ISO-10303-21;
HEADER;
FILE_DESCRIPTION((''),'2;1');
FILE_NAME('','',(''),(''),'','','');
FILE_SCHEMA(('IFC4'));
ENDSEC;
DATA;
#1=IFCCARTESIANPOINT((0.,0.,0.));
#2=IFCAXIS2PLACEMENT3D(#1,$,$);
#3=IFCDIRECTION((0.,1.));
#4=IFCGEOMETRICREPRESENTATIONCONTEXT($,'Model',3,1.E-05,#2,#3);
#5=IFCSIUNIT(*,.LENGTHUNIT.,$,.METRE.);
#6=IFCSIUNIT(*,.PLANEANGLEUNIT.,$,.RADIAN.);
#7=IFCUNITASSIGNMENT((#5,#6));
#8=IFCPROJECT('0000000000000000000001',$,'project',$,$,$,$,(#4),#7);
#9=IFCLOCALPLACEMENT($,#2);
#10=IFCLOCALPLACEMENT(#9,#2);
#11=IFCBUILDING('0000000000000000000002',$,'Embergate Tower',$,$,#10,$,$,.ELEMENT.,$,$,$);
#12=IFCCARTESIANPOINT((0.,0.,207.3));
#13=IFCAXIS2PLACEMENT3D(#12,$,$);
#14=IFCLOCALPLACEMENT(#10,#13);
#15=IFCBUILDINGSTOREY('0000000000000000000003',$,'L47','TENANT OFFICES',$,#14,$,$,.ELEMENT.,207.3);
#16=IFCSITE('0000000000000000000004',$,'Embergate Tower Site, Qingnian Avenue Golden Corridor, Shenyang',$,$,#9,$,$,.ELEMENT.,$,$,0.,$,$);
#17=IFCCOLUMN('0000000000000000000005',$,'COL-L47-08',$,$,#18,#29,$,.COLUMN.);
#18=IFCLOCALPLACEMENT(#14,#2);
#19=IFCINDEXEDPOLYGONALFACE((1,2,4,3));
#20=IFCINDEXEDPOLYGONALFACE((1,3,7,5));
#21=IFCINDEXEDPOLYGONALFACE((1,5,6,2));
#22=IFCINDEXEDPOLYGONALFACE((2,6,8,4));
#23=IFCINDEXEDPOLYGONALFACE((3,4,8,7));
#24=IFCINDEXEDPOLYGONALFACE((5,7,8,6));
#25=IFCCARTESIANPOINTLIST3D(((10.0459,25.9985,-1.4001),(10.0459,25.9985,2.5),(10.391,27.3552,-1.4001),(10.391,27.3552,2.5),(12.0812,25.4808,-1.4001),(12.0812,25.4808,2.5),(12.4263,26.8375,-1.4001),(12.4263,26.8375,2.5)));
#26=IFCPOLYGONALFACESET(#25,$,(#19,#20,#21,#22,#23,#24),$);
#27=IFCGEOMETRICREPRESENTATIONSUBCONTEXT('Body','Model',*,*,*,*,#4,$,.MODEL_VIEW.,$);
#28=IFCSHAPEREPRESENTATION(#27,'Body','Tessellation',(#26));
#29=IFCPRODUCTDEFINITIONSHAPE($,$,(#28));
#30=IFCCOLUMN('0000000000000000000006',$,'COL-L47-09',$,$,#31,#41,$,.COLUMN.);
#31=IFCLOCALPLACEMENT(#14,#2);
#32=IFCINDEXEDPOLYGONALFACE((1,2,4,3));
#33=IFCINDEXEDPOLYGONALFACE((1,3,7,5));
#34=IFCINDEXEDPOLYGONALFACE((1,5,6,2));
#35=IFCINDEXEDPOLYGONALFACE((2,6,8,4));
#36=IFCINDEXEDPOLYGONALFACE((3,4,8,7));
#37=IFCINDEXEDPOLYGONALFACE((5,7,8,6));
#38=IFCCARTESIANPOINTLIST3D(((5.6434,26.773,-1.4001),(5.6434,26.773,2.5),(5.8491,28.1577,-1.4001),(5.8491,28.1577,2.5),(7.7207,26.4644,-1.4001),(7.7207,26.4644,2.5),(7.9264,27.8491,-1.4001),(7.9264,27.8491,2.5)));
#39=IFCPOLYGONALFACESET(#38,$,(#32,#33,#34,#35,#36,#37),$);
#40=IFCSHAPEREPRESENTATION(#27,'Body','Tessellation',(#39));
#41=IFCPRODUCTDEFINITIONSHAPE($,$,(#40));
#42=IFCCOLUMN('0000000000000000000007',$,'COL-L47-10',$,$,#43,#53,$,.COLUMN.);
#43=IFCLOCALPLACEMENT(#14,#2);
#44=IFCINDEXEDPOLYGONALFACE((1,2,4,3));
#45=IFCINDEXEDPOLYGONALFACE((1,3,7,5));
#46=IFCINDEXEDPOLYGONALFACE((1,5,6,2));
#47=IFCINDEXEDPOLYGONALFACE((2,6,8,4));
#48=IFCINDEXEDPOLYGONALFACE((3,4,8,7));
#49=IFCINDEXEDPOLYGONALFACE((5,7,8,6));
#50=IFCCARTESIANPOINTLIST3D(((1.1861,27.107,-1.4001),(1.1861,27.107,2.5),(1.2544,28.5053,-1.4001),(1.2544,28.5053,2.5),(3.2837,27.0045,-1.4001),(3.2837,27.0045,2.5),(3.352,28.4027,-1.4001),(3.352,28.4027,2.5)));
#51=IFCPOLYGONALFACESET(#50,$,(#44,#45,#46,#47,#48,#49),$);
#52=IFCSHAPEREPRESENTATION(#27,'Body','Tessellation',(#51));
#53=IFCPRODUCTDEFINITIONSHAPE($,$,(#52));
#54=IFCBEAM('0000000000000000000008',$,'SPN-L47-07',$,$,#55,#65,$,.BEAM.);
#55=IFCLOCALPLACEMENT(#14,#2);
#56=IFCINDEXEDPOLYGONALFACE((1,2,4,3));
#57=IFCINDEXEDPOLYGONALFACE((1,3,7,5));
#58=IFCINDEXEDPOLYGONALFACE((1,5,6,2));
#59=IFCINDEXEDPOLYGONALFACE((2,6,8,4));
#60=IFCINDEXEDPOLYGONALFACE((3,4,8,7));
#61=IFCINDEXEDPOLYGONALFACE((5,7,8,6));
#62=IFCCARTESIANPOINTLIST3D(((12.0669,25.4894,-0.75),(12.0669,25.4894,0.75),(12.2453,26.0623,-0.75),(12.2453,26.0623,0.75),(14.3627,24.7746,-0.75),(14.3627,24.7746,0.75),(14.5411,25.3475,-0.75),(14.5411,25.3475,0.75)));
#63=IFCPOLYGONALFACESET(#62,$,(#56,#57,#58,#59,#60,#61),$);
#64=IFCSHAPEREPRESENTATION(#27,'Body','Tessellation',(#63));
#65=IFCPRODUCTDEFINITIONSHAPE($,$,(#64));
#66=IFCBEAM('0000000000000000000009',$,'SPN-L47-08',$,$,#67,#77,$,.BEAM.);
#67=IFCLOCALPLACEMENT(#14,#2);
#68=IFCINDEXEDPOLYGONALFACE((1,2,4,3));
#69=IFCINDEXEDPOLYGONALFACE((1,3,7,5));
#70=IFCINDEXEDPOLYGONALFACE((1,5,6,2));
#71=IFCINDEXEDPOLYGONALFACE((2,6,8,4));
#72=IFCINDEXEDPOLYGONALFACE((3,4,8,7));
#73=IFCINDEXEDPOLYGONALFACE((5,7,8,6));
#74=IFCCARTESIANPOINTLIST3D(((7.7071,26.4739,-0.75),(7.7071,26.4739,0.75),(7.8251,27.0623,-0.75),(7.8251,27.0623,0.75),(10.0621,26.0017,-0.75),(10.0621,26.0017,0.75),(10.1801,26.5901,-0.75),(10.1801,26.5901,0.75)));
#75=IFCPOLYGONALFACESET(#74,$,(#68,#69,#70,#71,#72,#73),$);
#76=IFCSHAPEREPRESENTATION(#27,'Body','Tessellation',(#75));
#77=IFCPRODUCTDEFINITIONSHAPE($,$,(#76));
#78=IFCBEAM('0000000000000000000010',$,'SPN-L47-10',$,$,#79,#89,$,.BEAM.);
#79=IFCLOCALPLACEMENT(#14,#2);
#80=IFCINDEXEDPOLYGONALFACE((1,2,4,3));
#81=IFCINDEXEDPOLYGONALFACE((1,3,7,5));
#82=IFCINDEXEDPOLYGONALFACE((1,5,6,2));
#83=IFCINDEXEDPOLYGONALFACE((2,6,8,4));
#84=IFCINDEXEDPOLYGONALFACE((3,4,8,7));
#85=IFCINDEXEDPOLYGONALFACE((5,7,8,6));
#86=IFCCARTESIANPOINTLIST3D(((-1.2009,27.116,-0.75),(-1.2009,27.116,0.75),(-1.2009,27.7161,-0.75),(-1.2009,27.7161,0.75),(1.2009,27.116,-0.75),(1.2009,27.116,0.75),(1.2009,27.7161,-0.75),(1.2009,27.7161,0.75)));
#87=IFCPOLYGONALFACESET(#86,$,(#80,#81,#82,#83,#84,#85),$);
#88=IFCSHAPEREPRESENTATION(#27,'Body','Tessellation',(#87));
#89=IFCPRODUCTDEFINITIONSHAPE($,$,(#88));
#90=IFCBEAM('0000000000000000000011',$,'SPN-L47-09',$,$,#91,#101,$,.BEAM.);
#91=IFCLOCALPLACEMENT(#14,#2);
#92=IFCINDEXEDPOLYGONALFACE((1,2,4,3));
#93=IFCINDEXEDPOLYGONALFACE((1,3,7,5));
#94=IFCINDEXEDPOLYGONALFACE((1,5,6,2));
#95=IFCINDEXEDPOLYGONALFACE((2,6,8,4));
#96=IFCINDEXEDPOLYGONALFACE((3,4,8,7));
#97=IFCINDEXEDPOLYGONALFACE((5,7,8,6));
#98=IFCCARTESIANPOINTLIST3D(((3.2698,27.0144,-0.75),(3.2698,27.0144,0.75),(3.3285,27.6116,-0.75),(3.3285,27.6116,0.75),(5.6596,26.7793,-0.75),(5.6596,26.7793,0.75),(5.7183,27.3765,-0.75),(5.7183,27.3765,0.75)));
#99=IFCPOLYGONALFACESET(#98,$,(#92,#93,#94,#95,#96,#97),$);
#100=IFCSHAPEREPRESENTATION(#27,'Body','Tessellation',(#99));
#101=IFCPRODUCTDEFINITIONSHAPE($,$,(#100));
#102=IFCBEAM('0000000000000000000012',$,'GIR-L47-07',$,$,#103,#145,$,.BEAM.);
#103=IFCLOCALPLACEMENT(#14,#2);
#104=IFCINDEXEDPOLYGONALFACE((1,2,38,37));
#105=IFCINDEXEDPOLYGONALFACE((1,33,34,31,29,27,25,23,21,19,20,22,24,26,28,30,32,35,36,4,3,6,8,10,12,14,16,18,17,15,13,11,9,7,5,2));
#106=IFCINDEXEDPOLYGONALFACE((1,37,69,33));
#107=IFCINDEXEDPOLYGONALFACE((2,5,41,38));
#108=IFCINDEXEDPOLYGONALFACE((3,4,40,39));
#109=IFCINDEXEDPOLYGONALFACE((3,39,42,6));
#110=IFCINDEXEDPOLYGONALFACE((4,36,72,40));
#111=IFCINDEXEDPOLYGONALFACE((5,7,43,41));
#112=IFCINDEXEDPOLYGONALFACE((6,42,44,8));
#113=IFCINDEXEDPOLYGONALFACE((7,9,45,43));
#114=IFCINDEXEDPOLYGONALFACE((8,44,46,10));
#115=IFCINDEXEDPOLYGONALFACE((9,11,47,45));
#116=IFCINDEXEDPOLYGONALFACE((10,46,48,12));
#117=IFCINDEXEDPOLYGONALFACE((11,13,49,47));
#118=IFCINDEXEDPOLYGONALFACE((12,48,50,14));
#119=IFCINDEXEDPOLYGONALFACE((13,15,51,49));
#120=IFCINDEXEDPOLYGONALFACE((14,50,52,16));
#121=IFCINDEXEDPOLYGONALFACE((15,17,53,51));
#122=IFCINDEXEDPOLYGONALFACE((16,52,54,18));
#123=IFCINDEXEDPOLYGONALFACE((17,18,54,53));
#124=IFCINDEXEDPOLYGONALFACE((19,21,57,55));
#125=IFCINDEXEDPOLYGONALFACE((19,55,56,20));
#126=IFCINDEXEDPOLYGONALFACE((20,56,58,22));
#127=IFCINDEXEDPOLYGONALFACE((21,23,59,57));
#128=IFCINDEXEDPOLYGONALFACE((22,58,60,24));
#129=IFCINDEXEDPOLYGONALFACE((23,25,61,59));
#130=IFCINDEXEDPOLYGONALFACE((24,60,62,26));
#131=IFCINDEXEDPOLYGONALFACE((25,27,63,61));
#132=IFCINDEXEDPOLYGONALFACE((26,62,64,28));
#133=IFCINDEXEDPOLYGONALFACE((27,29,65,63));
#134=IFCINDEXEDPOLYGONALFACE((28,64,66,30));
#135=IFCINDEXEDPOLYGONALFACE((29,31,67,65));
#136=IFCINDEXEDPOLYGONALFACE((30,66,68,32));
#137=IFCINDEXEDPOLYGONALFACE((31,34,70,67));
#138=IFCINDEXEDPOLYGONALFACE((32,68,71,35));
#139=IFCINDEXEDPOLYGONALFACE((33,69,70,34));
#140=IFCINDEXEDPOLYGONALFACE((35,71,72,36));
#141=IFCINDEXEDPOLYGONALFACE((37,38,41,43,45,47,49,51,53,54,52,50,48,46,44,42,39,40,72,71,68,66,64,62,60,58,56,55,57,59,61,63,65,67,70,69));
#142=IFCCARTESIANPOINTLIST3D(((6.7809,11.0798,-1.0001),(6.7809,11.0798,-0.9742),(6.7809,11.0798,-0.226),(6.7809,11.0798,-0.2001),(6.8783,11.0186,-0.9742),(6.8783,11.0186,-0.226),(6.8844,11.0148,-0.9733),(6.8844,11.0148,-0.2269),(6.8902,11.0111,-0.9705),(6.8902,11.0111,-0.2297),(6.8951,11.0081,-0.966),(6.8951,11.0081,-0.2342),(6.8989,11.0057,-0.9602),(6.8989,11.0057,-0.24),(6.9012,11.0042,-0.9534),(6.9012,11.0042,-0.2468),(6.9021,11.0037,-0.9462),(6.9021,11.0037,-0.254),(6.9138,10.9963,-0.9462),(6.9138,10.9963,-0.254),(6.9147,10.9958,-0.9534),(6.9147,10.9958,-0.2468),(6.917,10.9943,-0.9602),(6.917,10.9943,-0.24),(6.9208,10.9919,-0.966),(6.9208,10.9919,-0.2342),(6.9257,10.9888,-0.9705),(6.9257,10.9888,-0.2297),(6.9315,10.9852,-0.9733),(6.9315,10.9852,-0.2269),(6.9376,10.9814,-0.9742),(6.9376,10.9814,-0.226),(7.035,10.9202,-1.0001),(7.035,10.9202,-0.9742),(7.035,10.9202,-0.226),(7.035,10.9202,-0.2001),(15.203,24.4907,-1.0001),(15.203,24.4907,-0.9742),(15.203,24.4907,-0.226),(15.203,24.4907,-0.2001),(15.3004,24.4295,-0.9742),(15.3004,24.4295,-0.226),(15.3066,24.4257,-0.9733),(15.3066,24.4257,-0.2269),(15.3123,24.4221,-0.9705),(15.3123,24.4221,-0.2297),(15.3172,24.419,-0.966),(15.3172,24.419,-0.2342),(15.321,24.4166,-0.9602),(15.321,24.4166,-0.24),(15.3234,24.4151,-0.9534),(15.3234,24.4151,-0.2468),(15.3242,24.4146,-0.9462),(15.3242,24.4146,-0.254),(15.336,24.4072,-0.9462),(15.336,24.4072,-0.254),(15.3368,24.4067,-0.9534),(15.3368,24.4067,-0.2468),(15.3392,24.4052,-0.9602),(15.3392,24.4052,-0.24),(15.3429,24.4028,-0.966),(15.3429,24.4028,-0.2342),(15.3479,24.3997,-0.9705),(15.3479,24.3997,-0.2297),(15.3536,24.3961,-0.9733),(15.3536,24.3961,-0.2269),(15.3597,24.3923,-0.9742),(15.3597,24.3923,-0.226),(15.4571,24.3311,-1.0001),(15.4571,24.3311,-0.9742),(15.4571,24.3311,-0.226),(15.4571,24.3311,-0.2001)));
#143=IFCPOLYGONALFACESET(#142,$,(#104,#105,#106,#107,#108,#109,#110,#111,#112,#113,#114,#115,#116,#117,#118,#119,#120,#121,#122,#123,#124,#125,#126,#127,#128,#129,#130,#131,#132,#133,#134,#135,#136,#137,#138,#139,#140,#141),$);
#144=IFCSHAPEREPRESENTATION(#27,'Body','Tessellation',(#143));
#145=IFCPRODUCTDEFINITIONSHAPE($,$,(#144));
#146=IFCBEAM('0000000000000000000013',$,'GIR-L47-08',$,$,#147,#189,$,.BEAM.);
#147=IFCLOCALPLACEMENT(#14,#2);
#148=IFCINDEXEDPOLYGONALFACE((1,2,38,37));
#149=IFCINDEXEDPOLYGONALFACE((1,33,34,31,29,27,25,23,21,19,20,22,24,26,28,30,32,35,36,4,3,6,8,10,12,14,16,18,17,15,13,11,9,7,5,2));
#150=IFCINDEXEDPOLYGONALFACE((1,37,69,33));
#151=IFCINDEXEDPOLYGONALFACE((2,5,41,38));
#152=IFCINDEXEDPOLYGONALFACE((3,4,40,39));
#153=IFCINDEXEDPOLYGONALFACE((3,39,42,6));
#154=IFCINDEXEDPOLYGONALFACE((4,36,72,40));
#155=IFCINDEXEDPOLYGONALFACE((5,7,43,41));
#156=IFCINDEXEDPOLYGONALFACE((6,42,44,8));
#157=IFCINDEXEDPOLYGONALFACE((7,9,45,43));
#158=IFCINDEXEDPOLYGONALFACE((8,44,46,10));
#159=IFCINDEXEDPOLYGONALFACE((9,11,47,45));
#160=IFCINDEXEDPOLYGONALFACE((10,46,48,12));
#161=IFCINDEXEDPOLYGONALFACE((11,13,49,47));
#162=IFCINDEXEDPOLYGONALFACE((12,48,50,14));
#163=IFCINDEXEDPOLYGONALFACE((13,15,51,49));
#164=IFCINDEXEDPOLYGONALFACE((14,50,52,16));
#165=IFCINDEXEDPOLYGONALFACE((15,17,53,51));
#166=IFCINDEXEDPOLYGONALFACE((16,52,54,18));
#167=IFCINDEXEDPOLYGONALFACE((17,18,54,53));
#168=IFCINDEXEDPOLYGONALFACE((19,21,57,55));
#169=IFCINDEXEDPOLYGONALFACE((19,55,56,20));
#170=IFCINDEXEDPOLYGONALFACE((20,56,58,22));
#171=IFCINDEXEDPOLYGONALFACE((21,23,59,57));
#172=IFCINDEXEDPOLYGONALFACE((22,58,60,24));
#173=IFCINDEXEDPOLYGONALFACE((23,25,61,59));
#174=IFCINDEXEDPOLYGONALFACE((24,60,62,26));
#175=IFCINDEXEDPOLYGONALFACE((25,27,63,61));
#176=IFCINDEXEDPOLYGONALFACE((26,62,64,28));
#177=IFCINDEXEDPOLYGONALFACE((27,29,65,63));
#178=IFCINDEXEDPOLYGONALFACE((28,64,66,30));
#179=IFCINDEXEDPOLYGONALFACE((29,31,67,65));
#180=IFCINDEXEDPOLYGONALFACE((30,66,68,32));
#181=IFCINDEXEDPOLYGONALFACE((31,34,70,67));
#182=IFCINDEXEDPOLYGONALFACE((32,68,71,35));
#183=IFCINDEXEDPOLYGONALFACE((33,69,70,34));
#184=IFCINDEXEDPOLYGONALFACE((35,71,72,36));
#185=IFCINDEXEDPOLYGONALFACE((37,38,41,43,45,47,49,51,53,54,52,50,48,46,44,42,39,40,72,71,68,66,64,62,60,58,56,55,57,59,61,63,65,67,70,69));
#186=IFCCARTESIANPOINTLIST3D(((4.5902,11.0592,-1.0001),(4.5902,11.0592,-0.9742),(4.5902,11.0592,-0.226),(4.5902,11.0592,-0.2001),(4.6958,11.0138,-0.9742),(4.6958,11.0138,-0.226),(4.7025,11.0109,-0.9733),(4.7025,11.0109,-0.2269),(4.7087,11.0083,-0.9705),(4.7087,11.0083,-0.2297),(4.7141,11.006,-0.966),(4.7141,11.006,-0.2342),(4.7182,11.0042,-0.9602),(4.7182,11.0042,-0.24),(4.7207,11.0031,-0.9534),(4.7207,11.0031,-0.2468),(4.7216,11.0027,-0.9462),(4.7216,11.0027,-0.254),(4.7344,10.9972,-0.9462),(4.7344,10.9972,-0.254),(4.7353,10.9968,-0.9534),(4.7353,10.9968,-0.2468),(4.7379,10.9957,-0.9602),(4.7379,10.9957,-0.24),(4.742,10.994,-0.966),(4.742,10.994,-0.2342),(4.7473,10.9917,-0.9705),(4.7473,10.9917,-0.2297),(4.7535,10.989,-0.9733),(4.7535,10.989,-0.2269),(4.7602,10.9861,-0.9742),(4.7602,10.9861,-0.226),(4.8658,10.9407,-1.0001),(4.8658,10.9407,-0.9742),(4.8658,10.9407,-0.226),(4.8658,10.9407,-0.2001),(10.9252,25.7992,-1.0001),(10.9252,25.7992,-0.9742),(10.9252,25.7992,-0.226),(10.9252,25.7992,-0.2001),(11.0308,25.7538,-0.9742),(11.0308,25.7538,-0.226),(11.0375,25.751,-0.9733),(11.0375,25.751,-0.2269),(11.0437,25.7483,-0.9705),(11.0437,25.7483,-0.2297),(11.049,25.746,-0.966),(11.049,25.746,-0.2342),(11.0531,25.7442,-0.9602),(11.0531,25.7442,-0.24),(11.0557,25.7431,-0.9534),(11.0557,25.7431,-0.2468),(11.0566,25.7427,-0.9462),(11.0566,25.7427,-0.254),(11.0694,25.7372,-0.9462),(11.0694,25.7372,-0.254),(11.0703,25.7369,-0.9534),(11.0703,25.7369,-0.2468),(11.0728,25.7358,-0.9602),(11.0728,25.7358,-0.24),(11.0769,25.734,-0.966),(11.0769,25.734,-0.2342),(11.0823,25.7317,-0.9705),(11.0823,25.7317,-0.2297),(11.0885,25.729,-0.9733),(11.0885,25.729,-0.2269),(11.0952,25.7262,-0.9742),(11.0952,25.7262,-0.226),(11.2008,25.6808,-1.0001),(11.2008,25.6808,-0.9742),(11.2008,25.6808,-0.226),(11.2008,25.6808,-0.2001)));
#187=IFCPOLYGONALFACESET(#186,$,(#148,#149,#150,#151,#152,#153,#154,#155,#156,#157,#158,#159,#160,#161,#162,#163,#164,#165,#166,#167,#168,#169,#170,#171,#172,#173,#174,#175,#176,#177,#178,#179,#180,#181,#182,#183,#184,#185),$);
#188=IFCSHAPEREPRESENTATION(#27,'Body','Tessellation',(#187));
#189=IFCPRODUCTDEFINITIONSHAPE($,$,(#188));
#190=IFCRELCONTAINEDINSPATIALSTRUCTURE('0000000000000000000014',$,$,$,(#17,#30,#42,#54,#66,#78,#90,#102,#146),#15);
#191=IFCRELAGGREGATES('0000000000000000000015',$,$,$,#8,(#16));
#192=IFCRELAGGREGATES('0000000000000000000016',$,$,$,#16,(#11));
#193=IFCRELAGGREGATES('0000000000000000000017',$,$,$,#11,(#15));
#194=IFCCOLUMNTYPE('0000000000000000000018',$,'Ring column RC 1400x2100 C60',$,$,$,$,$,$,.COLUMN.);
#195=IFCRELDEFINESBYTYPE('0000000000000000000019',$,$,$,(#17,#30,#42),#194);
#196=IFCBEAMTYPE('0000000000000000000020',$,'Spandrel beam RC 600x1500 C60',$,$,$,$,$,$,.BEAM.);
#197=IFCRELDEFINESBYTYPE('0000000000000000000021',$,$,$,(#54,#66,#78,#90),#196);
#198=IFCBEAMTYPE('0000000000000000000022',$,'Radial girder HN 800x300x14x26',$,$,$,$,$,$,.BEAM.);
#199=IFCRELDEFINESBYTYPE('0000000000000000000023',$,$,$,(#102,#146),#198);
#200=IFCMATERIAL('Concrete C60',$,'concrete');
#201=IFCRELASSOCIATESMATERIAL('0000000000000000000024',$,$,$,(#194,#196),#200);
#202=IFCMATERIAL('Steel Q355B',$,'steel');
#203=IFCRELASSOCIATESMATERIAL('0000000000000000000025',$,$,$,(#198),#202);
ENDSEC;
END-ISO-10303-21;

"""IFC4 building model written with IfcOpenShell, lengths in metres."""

from ifc_helpers import new_model, si_unit, direction, frame, origin, origin_2d, place, context, subcontext, project, spatial, rectangle, i_section, extrude, source, transform, mapped, material, material_profile, profile_set, type_object, element, save


model = new_model("IFC4")

# Units and contexts
model_context = context("Model", 3, precision=1e-05, world=origin(), true_north=direction((0.0, 1.0)))
body_context = subcontext(model_context, "Body", "Model", "MODEL_VIEW")
ifc_project = project(units=[si_unit("LENGTHUNIT", "METRE"), si_unit("PLANEANGLEUNIT", "RADIAN")], contexts=[model_context])

# Site, building, storey
site_placement = place(None, origin())
site = spatial("IfcSite", under=ifc_project, at=site_placement, Name="Embergate Tower Site, Qingnian Avenue Golden Corridor, Shenyang", CompositionType="ELEMENT", RefElevation=0.0)
building_placement = place(site_placement, origin())
building = spatial("IfcBuilding", under=site, at=building_placement, Name="Embergate Tower", CompositionType="ELEMENT")
storey_placement = place(building_placement, frame((0.0, 0.0, 207.3)))
storey = spatial("IfcBuildingStorey", under=building, at=storey_placement, Name="L47", Description="TENANT OFFICES", CompositionType="ELEMENT", Elevation=207.3)

# Columns
ifc_material_1 = material(Name="Concrete C60", Category="concrete")
ifc_material_profile_1 = material_profile(ifc_material_1, rectangle(XDim=1.3999, YDim=2.1001, at=origin_2d()), Name="RC 1400x2100")
ifc_profile_set_1 = profile_set([ifc_material_profile_1], Name="Concrete C60")
column_type = type_object("IfcColumnType", Name="Ring column RC 1400x2100 C60", PredefinedType="COLUMN", material=ifc_profile_set_1)
shared_shape_1 = source(origin(), body_context, "Body", "SweptSolid", [
    extrude(rectangle(XDim=1.3999, YDim=2.1001, at=origin_2d()), origin(), (0.0, 0.0, 1.0), 3.9001),
])
for number, where, z_axis, x_axis, name in (
    (1, (11.2361, 26.418, -1.4001), (0.0, 0.0, 1.0), (0.246509, 0.969141, 0.0), "COL-L47-08"),
    (2, (6.7849, 27.311, -1.4001), (0.0, 0.0, 1.0), (0.146929, 0.989147, 0.0), "COL-L47-09"),
    (3, (2.269, 27.7549, -1.4001), (0.0, 0.0, 1.0), (0.048815, 0.998808, 0.0), "COL-L47-10"),
):
    element("IfcColumn", number, at=place(storey_placement, frame(where, z_axis=z_axis, x_axis=x_axis)), inside=storey, type_object=column_type, Name=name, PredefinedType="COLUMN", context=body_context, shape_type="MappedRepresentation", body=[
        mapped(shared_shape_1, transform((0.0, 0.0, 0.0))),
    ])

# Beams
ifc_material_profile_2 = material_profile(ifc_material_1, rectangle(XDim=0.6001, YDim=1.5, at=origin_2d()), Name="RC 600x1500")
ifc_profile_set_2 = profile_set([ifc_material_profile_2], Name="Concrete C60")
beam_type_1 = type_object("IfcBeamType", Name="Spandrel beam RC 600x1500 C60", PredefinedType="BEAM", material=ifc_profile_set_2)
shared_shape_2 = source(origin(), body_context, "Body", "SweptSolid", [
    extrude(rectangle(XDim=0.6001, YDim=1.5, at=origin_2d()), origin(), (0.0, 0.0, 1.0), 2.4045),
])
beam_1_placement = place(storey_placement, frame((14.4519, 25.061, 0.0), z_axis=(-0.95479, 0.29728, 0.0), x_axis=(-0.29728, -0.95479, 0.0)))
element("IfcBeam", 4, at=beam_1_placement, inside=storey, type_object=beam_type_1, Name="SPN-L47-07", PredefinedType="BEAM", context=body_context, shape_type="MappedRepresentation", body=[
    mapped(shared_shape_2, transform((0.0, 0.0, 0.0))),
])
shared_shape_3 = source(origin(), body_context, "Body", "SweptSolid", [
    extrude(rectangle(XDim=0.6001, YDim=1.5, at=origin_2d()), origin(), (0.0, 0.0, 1.0), 2.4019),
])
for number, where, z_axis, x_axis, name in (
    (5, (10.1211, 26.2959, 0.0), (-0.980487, 0.196585, 0.0), (-0.196585, -0.980487, 0.0), "SPN-L47-08"),
    (6, (1.2009, 27.416, 0.0), (-1.0, 0.0, 0.0), (0.0, -1.0, 0.0), "SPN-L47-10"),
):
    element("IfcBeam", number, at=place(storey_placement, frame(where, z_axis=z_axis, x_axis=x_axis)), inside=storey, type_object=beam_type_1, Name=name, PredefinedType="BEAM", context=body_context, shape_type="MappedRepresentation", body=[
        mapped(shared_shape_3, transform((0.0, 0.0, 0.0))),
    ])
shared_shape_4 = source(origin(), body_context, "Body", "SweptSolid", [
    extrude(rectangle(XDim=0.6001, YDim=1.5, at=origin_2d()), origin(), (0.0, 0.0, 1.0), 2.4014),
])
beam_2_placement = place(storey_placement, frame((5.689, 27.0779, 0.0), z_axis=(-0.995196, 0.097903, 0.0), x_axis=(-0.097903, -0.995196, 0.0)))
element("IfcBeam", 7, at=beam_2_placement, inside=storey, type_object=beam_type_1, Name="SPN-L47-09", PredefinedType="BEAM", context=body_context, shape_type="MappedRepresentation", body=[
    mapped(shared_shape_4, transform((0.0, 0.0, 0.0))),
])
ifc_material_2 = material(Name="Steel Q355B", Category="steel")
ifc_material_profile_3 = material_profile(ifc_material_2, i_section(OverallWidth=0.3, OverallDepth=0.8, WebThickness=0.0139, FlangeThickness=0.0259, FilletRadius=0.0281, at=origin_2d()), Name="HN 800x300x14x26")
ifc_profile_set_3 = profile_set([ifc_material_profile_3], Name="Steel Q355 grade B")
beam_type_2 = type_object("IfcBeamType", Name="Radial girder HN 800x300x14x26", PredefinedType="BEAM", material=ifc_profile_set_3)
shared_shape_5 = source(origin(), body_context, "Body", "SweptSolid", [
    extrude(i_section(OverallWidth=0.3, OverallDepth=0.8, WebThickness=0.0139, FlangeThickness=0.0259, FilletRadius=0.0281, at=origin_2d()), origin(), (0.0, 0.0, 1.0), 15.8362),
])
beam_3_placement = place(storey_placement, frame((15.3301, 24.4109, -0.6001), z_axis=(-0.531828, -0.846852, 0.0), x_axis=(0.846852, -0.531828, 0.0)))
element("IfcBeam", 8, at=beam_3_placement, inside=storey, type_object=beam_type_2, Name="GIR-L47-07", PredefinedType="BEAM", context=body_context, shape_type="MappedRepresentation", body=[
    mapped(shared_shape_5, transform((0.0, 0.0, 0.0))),
])
shared_shape_6 = source(origin(), body_context, "Body", "SweptSolid", [
    extrude(i_section(OverallWidth=0.3, OverallDepth=0.8, WebThickness=0.0139, FlangeThickness=0.0259, FilletRadius=0.0281, at=origin_2d()), origin(), (0.0, 0.0, 1.0), 16.0437),
])
beam_4_placement = place(storey_placement, frame((11.063, 25.74, -0.6001), z_axis=(-0.394858, -0.918742, 0.0), x_axis=(0.918742, -0.394858, 0.0)))
element("IfcBeam", 9, at=beam_4_placement, inside=storey, type_object=beam_type_2, Name="GIR-L47-08", PredefinedType="BEAM", context=body_context, shape_type="MappedRepresentation", body=[
    mapped(shared_shape_6, transform((0.0, 0.0, 0.0))),
])

save(model, "model.ifc")
